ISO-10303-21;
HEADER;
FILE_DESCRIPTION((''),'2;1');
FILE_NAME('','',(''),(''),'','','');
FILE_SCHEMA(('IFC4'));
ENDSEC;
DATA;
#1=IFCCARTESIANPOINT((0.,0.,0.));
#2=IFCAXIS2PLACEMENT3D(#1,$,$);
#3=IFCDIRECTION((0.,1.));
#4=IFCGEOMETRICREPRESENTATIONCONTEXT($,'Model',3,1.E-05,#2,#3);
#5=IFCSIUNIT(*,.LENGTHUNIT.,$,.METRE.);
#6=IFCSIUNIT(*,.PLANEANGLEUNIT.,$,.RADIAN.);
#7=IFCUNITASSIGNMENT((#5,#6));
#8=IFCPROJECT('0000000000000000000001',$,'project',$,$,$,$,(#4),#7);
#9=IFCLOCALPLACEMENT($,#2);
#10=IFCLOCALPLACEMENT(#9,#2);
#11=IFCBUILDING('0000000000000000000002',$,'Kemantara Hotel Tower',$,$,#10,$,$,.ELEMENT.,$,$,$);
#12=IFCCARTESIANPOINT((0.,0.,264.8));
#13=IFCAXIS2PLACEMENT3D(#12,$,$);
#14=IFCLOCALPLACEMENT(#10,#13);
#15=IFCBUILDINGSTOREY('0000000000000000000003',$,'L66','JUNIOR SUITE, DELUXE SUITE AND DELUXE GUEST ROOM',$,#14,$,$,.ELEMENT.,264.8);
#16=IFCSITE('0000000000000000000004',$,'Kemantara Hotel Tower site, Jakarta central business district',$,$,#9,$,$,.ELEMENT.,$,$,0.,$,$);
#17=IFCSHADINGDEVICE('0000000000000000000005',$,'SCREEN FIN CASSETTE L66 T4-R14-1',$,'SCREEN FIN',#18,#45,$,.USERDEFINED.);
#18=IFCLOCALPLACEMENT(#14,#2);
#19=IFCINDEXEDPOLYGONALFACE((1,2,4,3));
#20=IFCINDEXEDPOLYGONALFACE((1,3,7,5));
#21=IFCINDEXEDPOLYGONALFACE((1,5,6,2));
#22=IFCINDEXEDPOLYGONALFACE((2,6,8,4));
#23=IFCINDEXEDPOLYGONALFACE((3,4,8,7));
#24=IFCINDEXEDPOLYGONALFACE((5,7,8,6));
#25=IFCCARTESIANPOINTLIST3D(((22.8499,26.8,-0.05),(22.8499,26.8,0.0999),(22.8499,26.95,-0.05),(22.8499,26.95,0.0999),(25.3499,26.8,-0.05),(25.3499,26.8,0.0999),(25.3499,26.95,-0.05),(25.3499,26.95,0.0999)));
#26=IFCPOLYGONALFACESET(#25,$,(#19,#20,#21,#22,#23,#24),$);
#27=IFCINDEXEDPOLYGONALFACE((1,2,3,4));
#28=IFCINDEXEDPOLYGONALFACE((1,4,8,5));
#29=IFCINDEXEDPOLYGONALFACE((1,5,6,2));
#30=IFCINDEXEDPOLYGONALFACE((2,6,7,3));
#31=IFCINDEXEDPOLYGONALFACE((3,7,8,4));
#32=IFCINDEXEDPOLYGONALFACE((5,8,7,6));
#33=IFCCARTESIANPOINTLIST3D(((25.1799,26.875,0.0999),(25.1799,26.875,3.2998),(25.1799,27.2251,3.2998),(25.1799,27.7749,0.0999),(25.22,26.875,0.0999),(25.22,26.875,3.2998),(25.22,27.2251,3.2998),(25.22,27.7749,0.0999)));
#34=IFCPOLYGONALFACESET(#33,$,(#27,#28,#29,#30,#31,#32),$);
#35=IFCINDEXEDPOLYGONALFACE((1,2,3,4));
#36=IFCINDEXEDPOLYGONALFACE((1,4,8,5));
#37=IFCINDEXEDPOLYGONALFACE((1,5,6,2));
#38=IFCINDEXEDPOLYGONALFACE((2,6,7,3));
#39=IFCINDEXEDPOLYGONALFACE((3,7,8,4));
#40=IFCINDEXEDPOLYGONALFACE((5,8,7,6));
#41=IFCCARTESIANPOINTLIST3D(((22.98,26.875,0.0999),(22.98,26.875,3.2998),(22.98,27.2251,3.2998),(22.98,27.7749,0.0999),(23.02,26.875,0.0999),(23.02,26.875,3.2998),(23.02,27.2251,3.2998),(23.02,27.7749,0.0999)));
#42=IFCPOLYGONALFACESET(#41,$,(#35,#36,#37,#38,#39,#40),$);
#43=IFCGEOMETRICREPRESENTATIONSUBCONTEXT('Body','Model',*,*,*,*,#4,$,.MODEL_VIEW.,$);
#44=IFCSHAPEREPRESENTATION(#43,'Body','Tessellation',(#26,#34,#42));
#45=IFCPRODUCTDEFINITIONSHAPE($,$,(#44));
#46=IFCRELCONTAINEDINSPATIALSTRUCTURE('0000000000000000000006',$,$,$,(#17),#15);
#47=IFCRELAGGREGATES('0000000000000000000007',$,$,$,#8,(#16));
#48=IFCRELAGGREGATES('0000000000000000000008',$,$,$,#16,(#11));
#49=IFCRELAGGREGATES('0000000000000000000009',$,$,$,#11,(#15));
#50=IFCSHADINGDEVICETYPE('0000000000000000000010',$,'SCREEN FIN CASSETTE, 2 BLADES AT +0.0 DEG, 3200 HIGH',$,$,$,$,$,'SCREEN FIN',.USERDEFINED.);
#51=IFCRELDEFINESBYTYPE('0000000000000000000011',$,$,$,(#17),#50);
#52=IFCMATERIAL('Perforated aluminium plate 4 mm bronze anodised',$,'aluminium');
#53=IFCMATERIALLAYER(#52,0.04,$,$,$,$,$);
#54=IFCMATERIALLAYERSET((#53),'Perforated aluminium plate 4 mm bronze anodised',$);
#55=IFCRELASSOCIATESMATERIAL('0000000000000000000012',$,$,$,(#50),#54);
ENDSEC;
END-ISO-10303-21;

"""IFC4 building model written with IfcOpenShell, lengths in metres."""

from ifc_helpers import new_model, si_unit, direction, frame, origin, origin_2d, place, context, subcontext, project, spatial, polyline, rectangle, outline, extrude, source, transform, mapped, material, layer, layer_set, type_object, element, save


model = new_model("IFC4")

# Units and contexts
model_context = context("Model", 3, precision=1e-05, world=origin(), true_north=direction((0.0, 1.0)))
body_context = subcontext(model_context, "Body", "Model", "MODEL_VIEW")
ifc_project = project(units=[si_unit("LENGTHUNIT", "METRE"), si_unit("PLANEANGLEUNIT", "RADIAN")], contexts=[model_context])

# Site, building, storey
site_placement = place(None, origin())
site = spatial("IfcSite", under=ifc_project, at=site_placement, Name="Kemantara Hotel Tower site, Jakarta central business district", CompositionType="ELEMENT", RefElevation=0.0)
building_placement = place(site_placement, origin())
building = spatial("IfcBuilding", under=site, at=building_placement, Name="Kemantara Hotel Tower", CompositionType="ELEMENT")
storey_placement = place(building_placement, frame((0.0, 0.0, 264.8)))
storey = spatial("IfcBuildingStorey", under=building, at=storey_placement, Name="L66", Description="JUNIOR SUITE, DELUXE SUITE AND DELUXE GUEST ROOM", CompositionType="ELEMENT", Elevation=264.8)

# Shading device
ifc_material_1 = material(Name="Perforated aluminium plate 4 mm bronze anodised", Category="aluminium")
ifc_layer_1 = layer(ifc_material_1, 0.04)
ifc_layer_set_1 = layer_set([ifc_layer_1], Name="Perforated aluminium plate 4 mm bronze anodised")
shading_device_type_1 = type_object("IfcShadingDeviceType", Name="SCREEN FIN CASSETTE, 2 BLADES AT +0.0 DEG, 3200 HIGH", ElementType="SCREEN FIN", PredefinedType="USERDEFINED", material=ifc_layer_set_1)
shared_shape_1 = source(origin(), body_context, "Body", "SweptSolid", [
    extrude(rectangle(XDim=2.5, YDim=0.1499, at=origin_2d()), frame((1.1001, -0.075, -0.1499), z_axis=(0.0, 0.0, 1.0), x_axis=(1.0, 0.0, 0.0)), (0.0, 0.0, 1.0), 0.1499),
    extrude(outline(polyline([(0.0, 0.0), (0.8999, 0.0), (0.3501, 3.2), (0.0, 3.2), (0.0, 0.0)])), frame((0.02, -0.075, 0.0), z_axis=(-1.0, 0.0, 0.0), x_axis=(0.0, -1.0, 0.0)), (0.0, 0.0, 1.0), 0.04),
    extrude(outline(polyline([(0.0, 0.0), (0.8999, 0.0), (0.3501, 3.2), (0.0, 3.2), (0.0, 0.0)])), frame((2.22, -0.075, 0.0), z_axis=(-1.0, 0.0, 0.0), x_axis=(0.0, -1.0, 0.0)), (0.0, 0.0, 1.0), 0.04),
])
for number, where, z_axis, x_axis, name in (
    (1, (25.2, 26.8, 0.0999), (0.0, 0.0, 1.0), (-1.0, 0.0, 0.0), "SCREEN FIN CASSETTE L66 T4-R14-1"),
):
    element("IfcShadingDevice", number, at=place(storey_placement, frame(where, z_axis=z_axis, x_axis=x_axis)), inside=storey, type_object=shading_device_type_1, Name=name, ObjectType="SCREEN FIN", PredefinedType="USERDEFINED", context=body_context, shape_type="MappedRepresentation", body=[
        mapped(shared_shape_1, transform((0.0, 0.0, 0.0))),
    ])

save(model, "model.ifc")
